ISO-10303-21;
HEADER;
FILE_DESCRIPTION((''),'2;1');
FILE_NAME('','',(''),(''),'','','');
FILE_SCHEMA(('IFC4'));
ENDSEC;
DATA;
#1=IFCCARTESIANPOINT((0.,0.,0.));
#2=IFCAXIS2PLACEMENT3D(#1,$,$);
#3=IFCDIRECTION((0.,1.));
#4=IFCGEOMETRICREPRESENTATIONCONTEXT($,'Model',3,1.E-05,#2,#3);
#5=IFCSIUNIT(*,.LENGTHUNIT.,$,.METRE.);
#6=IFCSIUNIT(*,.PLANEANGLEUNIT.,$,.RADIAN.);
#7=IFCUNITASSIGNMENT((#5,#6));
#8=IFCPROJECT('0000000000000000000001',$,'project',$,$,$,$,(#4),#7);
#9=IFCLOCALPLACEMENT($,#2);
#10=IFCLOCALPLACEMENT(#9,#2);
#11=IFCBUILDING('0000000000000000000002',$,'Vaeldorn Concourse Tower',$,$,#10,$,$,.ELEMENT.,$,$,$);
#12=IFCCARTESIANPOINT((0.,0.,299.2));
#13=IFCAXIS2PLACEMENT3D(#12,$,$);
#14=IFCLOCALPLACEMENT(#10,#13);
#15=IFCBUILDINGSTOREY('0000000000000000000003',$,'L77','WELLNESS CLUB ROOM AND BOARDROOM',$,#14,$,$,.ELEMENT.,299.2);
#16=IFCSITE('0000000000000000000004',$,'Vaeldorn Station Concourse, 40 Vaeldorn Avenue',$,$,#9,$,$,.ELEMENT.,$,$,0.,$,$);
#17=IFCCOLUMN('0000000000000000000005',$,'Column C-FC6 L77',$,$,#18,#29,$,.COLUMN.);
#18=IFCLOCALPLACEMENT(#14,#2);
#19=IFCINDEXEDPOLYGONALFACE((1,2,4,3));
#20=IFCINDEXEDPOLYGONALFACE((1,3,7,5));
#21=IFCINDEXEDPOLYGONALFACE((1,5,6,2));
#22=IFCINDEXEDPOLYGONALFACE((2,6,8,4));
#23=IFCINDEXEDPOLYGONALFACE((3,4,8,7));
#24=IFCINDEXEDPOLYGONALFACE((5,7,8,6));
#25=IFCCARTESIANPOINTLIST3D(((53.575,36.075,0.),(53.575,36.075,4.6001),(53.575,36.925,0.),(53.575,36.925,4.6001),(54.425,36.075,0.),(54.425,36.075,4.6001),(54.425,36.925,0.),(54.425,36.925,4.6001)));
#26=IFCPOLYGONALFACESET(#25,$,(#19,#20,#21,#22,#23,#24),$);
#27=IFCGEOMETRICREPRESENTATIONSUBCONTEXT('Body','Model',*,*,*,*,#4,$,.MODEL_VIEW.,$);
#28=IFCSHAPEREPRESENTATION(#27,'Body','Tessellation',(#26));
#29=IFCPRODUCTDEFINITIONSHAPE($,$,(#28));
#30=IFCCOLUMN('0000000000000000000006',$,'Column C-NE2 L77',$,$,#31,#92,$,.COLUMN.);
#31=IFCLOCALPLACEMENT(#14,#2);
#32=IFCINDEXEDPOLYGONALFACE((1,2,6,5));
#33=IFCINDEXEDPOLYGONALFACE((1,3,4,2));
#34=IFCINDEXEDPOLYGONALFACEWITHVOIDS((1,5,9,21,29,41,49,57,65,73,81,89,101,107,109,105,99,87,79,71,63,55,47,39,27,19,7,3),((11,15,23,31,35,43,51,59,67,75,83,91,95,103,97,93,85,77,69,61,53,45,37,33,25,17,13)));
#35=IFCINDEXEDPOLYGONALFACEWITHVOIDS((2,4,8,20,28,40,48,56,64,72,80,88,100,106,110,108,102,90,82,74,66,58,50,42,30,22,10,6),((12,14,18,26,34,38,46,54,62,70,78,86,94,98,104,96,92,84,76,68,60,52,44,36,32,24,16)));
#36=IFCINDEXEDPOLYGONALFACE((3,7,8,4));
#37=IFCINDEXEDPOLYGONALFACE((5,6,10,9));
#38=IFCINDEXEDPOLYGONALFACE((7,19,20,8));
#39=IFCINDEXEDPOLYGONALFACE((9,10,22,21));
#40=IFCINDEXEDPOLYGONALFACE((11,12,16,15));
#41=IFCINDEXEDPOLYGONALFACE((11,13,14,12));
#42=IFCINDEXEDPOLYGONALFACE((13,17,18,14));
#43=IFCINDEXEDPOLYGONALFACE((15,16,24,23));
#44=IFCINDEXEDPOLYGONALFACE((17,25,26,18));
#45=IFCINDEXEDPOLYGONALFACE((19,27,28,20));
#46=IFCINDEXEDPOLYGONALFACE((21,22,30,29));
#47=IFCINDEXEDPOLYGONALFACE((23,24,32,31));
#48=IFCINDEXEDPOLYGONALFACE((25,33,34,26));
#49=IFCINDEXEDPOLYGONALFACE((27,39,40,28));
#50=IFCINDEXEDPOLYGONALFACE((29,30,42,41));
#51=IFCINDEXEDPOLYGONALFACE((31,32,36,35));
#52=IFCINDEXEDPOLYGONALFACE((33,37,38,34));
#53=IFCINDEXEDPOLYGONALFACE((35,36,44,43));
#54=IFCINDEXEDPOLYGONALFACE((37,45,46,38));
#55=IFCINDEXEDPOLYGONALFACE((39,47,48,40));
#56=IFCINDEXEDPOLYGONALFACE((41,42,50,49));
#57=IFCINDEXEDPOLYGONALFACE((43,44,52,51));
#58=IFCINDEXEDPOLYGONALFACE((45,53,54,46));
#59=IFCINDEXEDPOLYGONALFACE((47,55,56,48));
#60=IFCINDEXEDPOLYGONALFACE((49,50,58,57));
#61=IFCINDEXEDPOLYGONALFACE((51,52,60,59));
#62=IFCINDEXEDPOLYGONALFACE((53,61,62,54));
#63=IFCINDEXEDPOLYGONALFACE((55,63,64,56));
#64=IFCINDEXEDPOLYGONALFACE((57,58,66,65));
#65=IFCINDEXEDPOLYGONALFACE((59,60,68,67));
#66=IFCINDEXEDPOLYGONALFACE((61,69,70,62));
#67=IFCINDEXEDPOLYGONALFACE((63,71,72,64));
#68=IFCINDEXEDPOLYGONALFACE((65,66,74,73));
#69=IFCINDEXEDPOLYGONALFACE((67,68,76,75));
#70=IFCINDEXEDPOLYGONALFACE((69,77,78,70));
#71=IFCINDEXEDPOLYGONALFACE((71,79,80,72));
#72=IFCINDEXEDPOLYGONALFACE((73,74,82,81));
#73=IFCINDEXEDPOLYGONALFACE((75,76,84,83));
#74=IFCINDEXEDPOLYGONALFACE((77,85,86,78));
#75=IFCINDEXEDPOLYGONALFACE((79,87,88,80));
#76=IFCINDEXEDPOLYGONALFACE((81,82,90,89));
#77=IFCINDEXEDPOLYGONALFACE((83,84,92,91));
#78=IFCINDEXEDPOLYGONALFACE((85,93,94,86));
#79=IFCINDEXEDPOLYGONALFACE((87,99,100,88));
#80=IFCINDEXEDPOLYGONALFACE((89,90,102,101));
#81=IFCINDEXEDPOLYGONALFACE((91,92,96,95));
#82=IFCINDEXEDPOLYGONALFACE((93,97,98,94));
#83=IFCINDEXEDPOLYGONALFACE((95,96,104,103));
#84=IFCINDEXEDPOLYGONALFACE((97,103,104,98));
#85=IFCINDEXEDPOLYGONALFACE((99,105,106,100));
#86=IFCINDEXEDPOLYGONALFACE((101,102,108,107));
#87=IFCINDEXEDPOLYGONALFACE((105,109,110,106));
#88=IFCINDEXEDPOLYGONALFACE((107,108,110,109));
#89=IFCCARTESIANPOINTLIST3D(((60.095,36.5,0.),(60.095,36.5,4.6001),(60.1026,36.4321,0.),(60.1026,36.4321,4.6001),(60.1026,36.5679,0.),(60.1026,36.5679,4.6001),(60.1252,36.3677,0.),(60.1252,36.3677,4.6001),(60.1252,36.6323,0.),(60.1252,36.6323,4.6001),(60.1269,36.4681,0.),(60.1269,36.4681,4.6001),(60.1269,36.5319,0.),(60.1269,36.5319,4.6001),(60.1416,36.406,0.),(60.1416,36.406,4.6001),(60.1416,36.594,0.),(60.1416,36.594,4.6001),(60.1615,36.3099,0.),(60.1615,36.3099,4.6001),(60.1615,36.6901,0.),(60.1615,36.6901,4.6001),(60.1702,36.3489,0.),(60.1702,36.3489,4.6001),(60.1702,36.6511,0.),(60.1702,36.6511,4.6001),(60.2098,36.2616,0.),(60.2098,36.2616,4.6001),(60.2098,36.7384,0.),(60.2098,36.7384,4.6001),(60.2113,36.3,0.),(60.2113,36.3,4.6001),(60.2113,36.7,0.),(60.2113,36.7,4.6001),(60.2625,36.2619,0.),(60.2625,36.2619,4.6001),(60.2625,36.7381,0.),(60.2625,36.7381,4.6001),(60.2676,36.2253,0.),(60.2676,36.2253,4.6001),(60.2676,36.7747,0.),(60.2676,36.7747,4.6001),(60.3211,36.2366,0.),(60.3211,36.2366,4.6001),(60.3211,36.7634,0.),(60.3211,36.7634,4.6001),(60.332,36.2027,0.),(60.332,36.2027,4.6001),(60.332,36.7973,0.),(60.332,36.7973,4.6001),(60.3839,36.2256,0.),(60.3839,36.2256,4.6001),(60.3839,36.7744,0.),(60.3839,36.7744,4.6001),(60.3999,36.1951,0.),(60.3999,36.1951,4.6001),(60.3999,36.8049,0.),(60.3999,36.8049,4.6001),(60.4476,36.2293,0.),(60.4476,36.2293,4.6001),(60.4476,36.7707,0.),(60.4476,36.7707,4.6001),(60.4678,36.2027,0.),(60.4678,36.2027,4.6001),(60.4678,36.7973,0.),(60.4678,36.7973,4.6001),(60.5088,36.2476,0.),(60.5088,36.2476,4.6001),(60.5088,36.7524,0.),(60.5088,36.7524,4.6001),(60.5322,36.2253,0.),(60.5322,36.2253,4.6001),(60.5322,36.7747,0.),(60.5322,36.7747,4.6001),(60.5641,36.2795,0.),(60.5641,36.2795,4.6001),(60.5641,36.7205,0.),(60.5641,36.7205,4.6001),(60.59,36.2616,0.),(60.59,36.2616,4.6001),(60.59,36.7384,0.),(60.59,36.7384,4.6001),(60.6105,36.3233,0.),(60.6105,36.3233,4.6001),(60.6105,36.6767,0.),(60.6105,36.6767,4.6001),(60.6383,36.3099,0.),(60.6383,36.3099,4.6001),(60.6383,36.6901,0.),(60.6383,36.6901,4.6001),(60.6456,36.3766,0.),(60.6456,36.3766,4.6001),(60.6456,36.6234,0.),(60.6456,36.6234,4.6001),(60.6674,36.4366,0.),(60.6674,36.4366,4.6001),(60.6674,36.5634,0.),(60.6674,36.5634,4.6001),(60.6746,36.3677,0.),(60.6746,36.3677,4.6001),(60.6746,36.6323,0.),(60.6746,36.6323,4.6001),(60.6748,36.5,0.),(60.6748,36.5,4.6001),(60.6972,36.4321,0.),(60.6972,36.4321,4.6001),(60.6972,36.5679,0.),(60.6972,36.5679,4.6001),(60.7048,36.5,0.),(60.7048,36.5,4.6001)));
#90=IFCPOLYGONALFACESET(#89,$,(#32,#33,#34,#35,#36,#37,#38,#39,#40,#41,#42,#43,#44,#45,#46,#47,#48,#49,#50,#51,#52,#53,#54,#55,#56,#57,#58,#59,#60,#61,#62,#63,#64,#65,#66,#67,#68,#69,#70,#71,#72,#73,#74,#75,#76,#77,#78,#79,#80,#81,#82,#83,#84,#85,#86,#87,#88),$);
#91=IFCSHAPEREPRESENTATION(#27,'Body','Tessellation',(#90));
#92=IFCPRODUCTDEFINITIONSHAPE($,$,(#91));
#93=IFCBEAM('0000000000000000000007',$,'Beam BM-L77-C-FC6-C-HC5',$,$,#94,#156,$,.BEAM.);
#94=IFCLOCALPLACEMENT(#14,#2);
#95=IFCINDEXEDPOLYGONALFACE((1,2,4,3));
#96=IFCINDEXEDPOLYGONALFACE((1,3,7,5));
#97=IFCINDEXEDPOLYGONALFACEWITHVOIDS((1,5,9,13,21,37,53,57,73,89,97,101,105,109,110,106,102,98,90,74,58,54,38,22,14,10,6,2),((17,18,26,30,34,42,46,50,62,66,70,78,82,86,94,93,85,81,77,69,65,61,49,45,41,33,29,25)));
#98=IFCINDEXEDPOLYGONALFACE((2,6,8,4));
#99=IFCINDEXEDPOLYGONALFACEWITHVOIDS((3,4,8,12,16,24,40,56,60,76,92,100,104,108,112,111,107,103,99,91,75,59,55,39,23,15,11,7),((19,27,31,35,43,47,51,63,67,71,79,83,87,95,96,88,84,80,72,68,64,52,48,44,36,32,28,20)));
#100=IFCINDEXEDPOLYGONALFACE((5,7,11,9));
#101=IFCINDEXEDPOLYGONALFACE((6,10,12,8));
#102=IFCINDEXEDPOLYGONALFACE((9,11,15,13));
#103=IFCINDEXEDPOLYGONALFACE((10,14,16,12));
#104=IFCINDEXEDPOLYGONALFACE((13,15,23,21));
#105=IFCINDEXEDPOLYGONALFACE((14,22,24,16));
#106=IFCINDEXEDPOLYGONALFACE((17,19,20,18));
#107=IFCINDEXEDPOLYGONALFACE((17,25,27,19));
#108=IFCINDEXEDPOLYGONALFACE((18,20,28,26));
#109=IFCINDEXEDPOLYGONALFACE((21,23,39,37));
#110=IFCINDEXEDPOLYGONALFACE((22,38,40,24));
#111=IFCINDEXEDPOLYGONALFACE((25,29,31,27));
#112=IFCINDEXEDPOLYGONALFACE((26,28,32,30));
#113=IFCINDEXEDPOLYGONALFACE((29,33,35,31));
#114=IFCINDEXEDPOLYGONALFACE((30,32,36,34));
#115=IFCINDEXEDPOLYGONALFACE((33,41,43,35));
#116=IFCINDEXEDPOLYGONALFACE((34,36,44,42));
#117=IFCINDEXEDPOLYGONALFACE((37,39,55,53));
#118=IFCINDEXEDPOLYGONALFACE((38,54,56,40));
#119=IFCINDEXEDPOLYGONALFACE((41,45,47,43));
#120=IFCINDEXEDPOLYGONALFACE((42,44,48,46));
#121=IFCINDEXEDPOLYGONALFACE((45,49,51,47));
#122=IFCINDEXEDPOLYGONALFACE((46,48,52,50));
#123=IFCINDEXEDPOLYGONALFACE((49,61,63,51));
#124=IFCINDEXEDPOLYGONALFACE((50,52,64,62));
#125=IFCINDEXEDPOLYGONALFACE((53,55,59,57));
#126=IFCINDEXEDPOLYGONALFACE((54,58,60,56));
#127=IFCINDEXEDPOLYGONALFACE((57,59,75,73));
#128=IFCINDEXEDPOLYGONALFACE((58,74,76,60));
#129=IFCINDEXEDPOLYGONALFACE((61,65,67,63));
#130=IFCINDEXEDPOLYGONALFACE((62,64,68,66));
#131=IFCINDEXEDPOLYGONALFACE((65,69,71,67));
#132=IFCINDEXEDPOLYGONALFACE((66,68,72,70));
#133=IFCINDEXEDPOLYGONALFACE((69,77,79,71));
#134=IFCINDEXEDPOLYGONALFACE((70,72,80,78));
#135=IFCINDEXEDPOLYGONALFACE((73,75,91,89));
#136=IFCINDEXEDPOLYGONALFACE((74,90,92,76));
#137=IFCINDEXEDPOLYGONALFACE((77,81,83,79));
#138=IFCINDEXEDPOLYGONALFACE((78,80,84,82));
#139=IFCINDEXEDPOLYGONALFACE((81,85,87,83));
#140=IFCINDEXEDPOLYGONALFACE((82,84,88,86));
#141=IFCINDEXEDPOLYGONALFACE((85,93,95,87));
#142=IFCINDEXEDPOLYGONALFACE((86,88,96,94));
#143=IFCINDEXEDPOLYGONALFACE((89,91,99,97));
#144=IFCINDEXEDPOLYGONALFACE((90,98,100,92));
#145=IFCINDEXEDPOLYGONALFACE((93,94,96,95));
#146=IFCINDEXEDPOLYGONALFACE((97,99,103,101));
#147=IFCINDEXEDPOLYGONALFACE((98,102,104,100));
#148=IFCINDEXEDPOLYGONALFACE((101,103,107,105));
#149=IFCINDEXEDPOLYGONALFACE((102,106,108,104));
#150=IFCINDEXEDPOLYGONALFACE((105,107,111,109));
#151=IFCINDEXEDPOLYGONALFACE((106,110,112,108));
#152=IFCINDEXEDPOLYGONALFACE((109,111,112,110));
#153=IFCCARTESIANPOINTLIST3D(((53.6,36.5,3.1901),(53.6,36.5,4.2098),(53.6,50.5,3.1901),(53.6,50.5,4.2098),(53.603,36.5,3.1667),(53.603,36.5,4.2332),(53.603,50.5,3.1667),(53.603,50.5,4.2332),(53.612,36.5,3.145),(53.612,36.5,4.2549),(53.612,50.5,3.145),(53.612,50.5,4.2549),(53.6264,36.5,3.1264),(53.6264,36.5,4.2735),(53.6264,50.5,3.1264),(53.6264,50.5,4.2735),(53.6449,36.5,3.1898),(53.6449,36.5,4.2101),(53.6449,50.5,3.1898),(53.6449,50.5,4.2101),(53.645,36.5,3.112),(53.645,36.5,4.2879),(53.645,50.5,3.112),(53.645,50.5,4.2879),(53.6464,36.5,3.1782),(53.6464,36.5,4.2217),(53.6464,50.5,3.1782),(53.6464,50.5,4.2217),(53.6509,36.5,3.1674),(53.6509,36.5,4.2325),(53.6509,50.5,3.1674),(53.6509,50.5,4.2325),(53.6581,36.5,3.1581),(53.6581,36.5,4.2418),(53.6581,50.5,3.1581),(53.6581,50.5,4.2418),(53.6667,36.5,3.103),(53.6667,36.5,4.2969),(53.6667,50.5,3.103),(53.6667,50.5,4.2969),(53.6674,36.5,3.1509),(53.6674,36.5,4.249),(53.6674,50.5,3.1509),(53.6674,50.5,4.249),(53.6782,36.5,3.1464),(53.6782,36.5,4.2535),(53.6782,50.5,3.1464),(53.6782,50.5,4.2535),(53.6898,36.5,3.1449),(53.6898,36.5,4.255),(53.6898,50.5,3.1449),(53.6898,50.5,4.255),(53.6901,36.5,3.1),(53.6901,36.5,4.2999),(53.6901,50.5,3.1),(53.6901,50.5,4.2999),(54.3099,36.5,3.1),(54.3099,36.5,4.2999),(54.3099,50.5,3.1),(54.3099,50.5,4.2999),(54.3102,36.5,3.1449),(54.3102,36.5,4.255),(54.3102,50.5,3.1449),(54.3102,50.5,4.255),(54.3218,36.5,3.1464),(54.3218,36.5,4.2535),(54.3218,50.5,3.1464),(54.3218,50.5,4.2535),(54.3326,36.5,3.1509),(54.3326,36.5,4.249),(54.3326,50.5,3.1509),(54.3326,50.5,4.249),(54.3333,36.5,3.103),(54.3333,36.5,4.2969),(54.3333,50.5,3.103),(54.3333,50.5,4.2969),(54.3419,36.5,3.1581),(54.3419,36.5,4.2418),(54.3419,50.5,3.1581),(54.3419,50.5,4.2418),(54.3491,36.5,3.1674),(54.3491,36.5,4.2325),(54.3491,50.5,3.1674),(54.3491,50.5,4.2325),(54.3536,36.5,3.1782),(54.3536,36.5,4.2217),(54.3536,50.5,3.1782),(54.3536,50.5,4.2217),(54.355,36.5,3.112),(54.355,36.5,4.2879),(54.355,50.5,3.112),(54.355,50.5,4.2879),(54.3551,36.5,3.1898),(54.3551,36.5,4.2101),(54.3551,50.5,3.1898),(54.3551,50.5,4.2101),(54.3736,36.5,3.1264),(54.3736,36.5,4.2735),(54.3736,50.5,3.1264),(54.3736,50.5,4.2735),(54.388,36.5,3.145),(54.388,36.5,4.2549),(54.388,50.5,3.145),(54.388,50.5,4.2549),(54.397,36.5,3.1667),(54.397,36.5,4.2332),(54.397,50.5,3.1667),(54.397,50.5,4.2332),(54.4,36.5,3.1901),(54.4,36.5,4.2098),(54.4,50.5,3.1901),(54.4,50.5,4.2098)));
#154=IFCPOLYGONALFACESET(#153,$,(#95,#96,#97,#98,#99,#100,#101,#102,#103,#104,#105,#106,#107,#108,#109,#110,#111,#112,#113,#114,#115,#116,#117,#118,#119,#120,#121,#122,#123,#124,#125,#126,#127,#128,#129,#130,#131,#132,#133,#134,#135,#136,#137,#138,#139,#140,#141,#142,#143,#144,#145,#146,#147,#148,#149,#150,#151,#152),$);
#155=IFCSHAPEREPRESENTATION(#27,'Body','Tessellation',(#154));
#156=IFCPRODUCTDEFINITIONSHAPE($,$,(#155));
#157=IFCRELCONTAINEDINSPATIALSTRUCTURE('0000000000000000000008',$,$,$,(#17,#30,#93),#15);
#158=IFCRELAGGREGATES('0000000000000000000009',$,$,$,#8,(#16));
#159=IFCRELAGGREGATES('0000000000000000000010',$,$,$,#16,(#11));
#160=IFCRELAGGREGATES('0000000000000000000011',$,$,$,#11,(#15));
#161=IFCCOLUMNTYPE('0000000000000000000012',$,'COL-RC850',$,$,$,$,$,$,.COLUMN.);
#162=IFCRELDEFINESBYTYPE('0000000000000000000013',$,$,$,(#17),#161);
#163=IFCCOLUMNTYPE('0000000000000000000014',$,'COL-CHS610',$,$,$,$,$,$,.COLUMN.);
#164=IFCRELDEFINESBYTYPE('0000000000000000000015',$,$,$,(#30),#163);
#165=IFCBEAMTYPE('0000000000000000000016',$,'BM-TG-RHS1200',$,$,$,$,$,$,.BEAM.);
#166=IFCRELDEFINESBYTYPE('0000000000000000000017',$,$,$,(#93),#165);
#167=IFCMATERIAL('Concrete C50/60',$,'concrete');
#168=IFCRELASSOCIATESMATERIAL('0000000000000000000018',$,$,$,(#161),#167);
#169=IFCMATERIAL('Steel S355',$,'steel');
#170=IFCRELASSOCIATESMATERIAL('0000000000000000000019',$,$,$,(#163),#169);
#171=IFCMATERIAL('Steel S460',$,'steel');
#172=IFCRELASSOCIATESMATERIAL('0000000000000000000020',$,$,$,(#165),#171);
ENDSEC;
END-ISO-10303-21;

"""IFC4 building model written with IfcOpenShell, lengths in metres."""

from ifc_helpers import new_model, si_unit, direction, frame, origin, origin_2d, place, context, subcontext, project, spatial, rectangle, hollow_rectangle, hollow_circle, extrude, source, transform, mapped, material, material_profile, profile_set, type_object, element, save


model = new_model("IFC4")

# Units and contexts
model_context = context("Model", 3, precision=1e-05, world=origin(), true_north=direction((0.0, 1.0)))
body_context = subcontext(model_context, "Body", "Model", "MODEL_VIEW")
ifc_project = project(units=[si_unit("LENGTHUNIT", "METRE"), si_unit("PLANEANGLEUNIT", "RADIAN")], contexts=[model_context])

# Site, building, storey
site_placement = place(None, origin())
site = spatial("IfcSite", under=ifc_project, at=site_placement, Name="Vaeldorn Station Concourse, 40 Vaeldorn Avenue", CompositionType="ELEMENT", RefElevation=0.0)
building_placement = place(site_placement, origin())
building = spatial("IfcBuilding", under=site, at=building_placement, Name="Vaeldorn Concourse Tower", CompositionType="ELEMENT")
storey_placement = place(building_placement, frame((0.0, 0.0, 299.2)))
storey = spatial("IfcBuildingStorey", under=building, at=storey_placement, Name="L77", Description="WELLNESS CLUB ROOM AND BOARDROOM", CompositionType="ELEMENT", Elevation=299.2)

# Columns
ifc_material_1 = material(Name="Concrete C50/60", Category="concrete")
ifc_material_profile_1 = material_profile(ifc_material_1, rectangle(XDim=0.8501, YDim=0.8501, at=origin_2d()), Name="RC 850x850")
ifc_profile_set_1 = profile_set([ifc_material_profile_1], Name="Concrete C50/60")
column_type_1 = type_object("IfcColumnType", Name="COL-RC850", PredefinedType="COLUMN", material=ifc_profile_set_1)
shared_shape_1 = source(origin(), body_context, "Body", "SweptSolid", [
    extrude(rectangle(XDim=0.8501, YDim=0.8501, at=origin_2d()), origin(), (0.0, 0.0, 1.0), 4.6001),
])
column_1_placement = place(storey_placement, frame((54.0, 36.5, 0.0), z_axis=(0.0, 0.0, 1.0), x_axis=(1.0, 0.0, 0.0)))
element("IfcColumn", 1, at=column_1_placement, inside=storey, type_object=column_type_1, Name="Column C-FC6 L77", PredefinedType="COLUMN", context=body_context, shape_type="MappedRepresentation", body=[
    mapped(shared_shape_1, transform((0.0, 0.0, 0.0), scale=1.0)),
])
ifc_material_2 = material(Name="Steel S355", Category="steel")
ifc_material_profile_2 = material_profile(ifc_material_2, hollow_circle(Radius=0.3049, WallThickness=0.03, at=origin_2d()), Name="CHS 610x30")
ifc_profile_set_2 = profile_set([ifc_material_profile_2], Name="Steel S355")
column_type_2 = type_object("IfcColumnType", Name="COL-CHS610", PredefinedType="COLUMN", material=ifc_profile_set_2)
shared_shape_2 = source(origin(), body_context, "Body", "SweptSolid", [
    extrude(hollow_circle(Radius=0.3049, WallThickness=0.03, at=origin_2d()), origin(), (0.0, 0.0, 1.0), 4.6001),
])
column_2_placement = place(storey_placement, frame((60.3999, 36.5, 0.0), z_axis=(0.0, 0.0, 1.0), x_axis=(1.0, 0.0, 0.0)))
element("IfcColumn", 2, at=column_2_placement, inside=storey, type_object=column_type_2, Name="Column C-NE2 L77", PredefinedType="COLUMN", context=body_context, shape_type="MappedRepresentation", body=[
    mapped(shared_shape_2, transform((0.0, 0.0, 0.0), scale=1.0)),
])

# Beam
ifc_material_3 = material(Name="Steel S460", Category="steel")
ifc_material_profile_3 = material_profile(ifc_material_3, hollow_rectangle(XDim=0.8, YDim=1.2, WallThickness=0.0449, InnerFilletRadius=0.0449, OuterFilletRadius=0.0901, at=origin_2d()), Name="RHS 1200x800x45")
ifc_profile_set_3 = profile_set([ifc_material_profile_3], Name="Steel S460")
beam_type_1 = type_object("IfcBeamType", Name="BM-TG-RHS1200", PredefinedType="BEAM", material=ifc_profile_set_3)
shared_shape_3 = source(origin(), body_context, "Body", "SweptSolid", [
    extrude(hollow_rectangle(XDim=0.8, YDim=1.2, WallThickness=0.0449, InnerFilletRadius=0.0449, OuterFilletRadius=0.0901, at=origin_2d()), origin(), (0.0, 0.0, 1.0), 14.0),
])
beam_1_placement = place(storey_placement, frame((54.0, 36.5, 3.7), z_axis=(0.0, 1.0, 0.0), x_axis=(-1.0, 0.0, 0.0)))
element("IfcBeam", 3, at=beam_1_placement, inside=storey, type_object=beam_type_1, Name="Beam BM-L77-C-FC6-C-HC5", PredefinedType="BEAM", context=body_context, shape_type="MappedRepresentation", body=[
    mapped(shared_shape_3, transform((0.0, 0.0, 0.0), scale=1.0)),
])

save(model, "model.ifc")
